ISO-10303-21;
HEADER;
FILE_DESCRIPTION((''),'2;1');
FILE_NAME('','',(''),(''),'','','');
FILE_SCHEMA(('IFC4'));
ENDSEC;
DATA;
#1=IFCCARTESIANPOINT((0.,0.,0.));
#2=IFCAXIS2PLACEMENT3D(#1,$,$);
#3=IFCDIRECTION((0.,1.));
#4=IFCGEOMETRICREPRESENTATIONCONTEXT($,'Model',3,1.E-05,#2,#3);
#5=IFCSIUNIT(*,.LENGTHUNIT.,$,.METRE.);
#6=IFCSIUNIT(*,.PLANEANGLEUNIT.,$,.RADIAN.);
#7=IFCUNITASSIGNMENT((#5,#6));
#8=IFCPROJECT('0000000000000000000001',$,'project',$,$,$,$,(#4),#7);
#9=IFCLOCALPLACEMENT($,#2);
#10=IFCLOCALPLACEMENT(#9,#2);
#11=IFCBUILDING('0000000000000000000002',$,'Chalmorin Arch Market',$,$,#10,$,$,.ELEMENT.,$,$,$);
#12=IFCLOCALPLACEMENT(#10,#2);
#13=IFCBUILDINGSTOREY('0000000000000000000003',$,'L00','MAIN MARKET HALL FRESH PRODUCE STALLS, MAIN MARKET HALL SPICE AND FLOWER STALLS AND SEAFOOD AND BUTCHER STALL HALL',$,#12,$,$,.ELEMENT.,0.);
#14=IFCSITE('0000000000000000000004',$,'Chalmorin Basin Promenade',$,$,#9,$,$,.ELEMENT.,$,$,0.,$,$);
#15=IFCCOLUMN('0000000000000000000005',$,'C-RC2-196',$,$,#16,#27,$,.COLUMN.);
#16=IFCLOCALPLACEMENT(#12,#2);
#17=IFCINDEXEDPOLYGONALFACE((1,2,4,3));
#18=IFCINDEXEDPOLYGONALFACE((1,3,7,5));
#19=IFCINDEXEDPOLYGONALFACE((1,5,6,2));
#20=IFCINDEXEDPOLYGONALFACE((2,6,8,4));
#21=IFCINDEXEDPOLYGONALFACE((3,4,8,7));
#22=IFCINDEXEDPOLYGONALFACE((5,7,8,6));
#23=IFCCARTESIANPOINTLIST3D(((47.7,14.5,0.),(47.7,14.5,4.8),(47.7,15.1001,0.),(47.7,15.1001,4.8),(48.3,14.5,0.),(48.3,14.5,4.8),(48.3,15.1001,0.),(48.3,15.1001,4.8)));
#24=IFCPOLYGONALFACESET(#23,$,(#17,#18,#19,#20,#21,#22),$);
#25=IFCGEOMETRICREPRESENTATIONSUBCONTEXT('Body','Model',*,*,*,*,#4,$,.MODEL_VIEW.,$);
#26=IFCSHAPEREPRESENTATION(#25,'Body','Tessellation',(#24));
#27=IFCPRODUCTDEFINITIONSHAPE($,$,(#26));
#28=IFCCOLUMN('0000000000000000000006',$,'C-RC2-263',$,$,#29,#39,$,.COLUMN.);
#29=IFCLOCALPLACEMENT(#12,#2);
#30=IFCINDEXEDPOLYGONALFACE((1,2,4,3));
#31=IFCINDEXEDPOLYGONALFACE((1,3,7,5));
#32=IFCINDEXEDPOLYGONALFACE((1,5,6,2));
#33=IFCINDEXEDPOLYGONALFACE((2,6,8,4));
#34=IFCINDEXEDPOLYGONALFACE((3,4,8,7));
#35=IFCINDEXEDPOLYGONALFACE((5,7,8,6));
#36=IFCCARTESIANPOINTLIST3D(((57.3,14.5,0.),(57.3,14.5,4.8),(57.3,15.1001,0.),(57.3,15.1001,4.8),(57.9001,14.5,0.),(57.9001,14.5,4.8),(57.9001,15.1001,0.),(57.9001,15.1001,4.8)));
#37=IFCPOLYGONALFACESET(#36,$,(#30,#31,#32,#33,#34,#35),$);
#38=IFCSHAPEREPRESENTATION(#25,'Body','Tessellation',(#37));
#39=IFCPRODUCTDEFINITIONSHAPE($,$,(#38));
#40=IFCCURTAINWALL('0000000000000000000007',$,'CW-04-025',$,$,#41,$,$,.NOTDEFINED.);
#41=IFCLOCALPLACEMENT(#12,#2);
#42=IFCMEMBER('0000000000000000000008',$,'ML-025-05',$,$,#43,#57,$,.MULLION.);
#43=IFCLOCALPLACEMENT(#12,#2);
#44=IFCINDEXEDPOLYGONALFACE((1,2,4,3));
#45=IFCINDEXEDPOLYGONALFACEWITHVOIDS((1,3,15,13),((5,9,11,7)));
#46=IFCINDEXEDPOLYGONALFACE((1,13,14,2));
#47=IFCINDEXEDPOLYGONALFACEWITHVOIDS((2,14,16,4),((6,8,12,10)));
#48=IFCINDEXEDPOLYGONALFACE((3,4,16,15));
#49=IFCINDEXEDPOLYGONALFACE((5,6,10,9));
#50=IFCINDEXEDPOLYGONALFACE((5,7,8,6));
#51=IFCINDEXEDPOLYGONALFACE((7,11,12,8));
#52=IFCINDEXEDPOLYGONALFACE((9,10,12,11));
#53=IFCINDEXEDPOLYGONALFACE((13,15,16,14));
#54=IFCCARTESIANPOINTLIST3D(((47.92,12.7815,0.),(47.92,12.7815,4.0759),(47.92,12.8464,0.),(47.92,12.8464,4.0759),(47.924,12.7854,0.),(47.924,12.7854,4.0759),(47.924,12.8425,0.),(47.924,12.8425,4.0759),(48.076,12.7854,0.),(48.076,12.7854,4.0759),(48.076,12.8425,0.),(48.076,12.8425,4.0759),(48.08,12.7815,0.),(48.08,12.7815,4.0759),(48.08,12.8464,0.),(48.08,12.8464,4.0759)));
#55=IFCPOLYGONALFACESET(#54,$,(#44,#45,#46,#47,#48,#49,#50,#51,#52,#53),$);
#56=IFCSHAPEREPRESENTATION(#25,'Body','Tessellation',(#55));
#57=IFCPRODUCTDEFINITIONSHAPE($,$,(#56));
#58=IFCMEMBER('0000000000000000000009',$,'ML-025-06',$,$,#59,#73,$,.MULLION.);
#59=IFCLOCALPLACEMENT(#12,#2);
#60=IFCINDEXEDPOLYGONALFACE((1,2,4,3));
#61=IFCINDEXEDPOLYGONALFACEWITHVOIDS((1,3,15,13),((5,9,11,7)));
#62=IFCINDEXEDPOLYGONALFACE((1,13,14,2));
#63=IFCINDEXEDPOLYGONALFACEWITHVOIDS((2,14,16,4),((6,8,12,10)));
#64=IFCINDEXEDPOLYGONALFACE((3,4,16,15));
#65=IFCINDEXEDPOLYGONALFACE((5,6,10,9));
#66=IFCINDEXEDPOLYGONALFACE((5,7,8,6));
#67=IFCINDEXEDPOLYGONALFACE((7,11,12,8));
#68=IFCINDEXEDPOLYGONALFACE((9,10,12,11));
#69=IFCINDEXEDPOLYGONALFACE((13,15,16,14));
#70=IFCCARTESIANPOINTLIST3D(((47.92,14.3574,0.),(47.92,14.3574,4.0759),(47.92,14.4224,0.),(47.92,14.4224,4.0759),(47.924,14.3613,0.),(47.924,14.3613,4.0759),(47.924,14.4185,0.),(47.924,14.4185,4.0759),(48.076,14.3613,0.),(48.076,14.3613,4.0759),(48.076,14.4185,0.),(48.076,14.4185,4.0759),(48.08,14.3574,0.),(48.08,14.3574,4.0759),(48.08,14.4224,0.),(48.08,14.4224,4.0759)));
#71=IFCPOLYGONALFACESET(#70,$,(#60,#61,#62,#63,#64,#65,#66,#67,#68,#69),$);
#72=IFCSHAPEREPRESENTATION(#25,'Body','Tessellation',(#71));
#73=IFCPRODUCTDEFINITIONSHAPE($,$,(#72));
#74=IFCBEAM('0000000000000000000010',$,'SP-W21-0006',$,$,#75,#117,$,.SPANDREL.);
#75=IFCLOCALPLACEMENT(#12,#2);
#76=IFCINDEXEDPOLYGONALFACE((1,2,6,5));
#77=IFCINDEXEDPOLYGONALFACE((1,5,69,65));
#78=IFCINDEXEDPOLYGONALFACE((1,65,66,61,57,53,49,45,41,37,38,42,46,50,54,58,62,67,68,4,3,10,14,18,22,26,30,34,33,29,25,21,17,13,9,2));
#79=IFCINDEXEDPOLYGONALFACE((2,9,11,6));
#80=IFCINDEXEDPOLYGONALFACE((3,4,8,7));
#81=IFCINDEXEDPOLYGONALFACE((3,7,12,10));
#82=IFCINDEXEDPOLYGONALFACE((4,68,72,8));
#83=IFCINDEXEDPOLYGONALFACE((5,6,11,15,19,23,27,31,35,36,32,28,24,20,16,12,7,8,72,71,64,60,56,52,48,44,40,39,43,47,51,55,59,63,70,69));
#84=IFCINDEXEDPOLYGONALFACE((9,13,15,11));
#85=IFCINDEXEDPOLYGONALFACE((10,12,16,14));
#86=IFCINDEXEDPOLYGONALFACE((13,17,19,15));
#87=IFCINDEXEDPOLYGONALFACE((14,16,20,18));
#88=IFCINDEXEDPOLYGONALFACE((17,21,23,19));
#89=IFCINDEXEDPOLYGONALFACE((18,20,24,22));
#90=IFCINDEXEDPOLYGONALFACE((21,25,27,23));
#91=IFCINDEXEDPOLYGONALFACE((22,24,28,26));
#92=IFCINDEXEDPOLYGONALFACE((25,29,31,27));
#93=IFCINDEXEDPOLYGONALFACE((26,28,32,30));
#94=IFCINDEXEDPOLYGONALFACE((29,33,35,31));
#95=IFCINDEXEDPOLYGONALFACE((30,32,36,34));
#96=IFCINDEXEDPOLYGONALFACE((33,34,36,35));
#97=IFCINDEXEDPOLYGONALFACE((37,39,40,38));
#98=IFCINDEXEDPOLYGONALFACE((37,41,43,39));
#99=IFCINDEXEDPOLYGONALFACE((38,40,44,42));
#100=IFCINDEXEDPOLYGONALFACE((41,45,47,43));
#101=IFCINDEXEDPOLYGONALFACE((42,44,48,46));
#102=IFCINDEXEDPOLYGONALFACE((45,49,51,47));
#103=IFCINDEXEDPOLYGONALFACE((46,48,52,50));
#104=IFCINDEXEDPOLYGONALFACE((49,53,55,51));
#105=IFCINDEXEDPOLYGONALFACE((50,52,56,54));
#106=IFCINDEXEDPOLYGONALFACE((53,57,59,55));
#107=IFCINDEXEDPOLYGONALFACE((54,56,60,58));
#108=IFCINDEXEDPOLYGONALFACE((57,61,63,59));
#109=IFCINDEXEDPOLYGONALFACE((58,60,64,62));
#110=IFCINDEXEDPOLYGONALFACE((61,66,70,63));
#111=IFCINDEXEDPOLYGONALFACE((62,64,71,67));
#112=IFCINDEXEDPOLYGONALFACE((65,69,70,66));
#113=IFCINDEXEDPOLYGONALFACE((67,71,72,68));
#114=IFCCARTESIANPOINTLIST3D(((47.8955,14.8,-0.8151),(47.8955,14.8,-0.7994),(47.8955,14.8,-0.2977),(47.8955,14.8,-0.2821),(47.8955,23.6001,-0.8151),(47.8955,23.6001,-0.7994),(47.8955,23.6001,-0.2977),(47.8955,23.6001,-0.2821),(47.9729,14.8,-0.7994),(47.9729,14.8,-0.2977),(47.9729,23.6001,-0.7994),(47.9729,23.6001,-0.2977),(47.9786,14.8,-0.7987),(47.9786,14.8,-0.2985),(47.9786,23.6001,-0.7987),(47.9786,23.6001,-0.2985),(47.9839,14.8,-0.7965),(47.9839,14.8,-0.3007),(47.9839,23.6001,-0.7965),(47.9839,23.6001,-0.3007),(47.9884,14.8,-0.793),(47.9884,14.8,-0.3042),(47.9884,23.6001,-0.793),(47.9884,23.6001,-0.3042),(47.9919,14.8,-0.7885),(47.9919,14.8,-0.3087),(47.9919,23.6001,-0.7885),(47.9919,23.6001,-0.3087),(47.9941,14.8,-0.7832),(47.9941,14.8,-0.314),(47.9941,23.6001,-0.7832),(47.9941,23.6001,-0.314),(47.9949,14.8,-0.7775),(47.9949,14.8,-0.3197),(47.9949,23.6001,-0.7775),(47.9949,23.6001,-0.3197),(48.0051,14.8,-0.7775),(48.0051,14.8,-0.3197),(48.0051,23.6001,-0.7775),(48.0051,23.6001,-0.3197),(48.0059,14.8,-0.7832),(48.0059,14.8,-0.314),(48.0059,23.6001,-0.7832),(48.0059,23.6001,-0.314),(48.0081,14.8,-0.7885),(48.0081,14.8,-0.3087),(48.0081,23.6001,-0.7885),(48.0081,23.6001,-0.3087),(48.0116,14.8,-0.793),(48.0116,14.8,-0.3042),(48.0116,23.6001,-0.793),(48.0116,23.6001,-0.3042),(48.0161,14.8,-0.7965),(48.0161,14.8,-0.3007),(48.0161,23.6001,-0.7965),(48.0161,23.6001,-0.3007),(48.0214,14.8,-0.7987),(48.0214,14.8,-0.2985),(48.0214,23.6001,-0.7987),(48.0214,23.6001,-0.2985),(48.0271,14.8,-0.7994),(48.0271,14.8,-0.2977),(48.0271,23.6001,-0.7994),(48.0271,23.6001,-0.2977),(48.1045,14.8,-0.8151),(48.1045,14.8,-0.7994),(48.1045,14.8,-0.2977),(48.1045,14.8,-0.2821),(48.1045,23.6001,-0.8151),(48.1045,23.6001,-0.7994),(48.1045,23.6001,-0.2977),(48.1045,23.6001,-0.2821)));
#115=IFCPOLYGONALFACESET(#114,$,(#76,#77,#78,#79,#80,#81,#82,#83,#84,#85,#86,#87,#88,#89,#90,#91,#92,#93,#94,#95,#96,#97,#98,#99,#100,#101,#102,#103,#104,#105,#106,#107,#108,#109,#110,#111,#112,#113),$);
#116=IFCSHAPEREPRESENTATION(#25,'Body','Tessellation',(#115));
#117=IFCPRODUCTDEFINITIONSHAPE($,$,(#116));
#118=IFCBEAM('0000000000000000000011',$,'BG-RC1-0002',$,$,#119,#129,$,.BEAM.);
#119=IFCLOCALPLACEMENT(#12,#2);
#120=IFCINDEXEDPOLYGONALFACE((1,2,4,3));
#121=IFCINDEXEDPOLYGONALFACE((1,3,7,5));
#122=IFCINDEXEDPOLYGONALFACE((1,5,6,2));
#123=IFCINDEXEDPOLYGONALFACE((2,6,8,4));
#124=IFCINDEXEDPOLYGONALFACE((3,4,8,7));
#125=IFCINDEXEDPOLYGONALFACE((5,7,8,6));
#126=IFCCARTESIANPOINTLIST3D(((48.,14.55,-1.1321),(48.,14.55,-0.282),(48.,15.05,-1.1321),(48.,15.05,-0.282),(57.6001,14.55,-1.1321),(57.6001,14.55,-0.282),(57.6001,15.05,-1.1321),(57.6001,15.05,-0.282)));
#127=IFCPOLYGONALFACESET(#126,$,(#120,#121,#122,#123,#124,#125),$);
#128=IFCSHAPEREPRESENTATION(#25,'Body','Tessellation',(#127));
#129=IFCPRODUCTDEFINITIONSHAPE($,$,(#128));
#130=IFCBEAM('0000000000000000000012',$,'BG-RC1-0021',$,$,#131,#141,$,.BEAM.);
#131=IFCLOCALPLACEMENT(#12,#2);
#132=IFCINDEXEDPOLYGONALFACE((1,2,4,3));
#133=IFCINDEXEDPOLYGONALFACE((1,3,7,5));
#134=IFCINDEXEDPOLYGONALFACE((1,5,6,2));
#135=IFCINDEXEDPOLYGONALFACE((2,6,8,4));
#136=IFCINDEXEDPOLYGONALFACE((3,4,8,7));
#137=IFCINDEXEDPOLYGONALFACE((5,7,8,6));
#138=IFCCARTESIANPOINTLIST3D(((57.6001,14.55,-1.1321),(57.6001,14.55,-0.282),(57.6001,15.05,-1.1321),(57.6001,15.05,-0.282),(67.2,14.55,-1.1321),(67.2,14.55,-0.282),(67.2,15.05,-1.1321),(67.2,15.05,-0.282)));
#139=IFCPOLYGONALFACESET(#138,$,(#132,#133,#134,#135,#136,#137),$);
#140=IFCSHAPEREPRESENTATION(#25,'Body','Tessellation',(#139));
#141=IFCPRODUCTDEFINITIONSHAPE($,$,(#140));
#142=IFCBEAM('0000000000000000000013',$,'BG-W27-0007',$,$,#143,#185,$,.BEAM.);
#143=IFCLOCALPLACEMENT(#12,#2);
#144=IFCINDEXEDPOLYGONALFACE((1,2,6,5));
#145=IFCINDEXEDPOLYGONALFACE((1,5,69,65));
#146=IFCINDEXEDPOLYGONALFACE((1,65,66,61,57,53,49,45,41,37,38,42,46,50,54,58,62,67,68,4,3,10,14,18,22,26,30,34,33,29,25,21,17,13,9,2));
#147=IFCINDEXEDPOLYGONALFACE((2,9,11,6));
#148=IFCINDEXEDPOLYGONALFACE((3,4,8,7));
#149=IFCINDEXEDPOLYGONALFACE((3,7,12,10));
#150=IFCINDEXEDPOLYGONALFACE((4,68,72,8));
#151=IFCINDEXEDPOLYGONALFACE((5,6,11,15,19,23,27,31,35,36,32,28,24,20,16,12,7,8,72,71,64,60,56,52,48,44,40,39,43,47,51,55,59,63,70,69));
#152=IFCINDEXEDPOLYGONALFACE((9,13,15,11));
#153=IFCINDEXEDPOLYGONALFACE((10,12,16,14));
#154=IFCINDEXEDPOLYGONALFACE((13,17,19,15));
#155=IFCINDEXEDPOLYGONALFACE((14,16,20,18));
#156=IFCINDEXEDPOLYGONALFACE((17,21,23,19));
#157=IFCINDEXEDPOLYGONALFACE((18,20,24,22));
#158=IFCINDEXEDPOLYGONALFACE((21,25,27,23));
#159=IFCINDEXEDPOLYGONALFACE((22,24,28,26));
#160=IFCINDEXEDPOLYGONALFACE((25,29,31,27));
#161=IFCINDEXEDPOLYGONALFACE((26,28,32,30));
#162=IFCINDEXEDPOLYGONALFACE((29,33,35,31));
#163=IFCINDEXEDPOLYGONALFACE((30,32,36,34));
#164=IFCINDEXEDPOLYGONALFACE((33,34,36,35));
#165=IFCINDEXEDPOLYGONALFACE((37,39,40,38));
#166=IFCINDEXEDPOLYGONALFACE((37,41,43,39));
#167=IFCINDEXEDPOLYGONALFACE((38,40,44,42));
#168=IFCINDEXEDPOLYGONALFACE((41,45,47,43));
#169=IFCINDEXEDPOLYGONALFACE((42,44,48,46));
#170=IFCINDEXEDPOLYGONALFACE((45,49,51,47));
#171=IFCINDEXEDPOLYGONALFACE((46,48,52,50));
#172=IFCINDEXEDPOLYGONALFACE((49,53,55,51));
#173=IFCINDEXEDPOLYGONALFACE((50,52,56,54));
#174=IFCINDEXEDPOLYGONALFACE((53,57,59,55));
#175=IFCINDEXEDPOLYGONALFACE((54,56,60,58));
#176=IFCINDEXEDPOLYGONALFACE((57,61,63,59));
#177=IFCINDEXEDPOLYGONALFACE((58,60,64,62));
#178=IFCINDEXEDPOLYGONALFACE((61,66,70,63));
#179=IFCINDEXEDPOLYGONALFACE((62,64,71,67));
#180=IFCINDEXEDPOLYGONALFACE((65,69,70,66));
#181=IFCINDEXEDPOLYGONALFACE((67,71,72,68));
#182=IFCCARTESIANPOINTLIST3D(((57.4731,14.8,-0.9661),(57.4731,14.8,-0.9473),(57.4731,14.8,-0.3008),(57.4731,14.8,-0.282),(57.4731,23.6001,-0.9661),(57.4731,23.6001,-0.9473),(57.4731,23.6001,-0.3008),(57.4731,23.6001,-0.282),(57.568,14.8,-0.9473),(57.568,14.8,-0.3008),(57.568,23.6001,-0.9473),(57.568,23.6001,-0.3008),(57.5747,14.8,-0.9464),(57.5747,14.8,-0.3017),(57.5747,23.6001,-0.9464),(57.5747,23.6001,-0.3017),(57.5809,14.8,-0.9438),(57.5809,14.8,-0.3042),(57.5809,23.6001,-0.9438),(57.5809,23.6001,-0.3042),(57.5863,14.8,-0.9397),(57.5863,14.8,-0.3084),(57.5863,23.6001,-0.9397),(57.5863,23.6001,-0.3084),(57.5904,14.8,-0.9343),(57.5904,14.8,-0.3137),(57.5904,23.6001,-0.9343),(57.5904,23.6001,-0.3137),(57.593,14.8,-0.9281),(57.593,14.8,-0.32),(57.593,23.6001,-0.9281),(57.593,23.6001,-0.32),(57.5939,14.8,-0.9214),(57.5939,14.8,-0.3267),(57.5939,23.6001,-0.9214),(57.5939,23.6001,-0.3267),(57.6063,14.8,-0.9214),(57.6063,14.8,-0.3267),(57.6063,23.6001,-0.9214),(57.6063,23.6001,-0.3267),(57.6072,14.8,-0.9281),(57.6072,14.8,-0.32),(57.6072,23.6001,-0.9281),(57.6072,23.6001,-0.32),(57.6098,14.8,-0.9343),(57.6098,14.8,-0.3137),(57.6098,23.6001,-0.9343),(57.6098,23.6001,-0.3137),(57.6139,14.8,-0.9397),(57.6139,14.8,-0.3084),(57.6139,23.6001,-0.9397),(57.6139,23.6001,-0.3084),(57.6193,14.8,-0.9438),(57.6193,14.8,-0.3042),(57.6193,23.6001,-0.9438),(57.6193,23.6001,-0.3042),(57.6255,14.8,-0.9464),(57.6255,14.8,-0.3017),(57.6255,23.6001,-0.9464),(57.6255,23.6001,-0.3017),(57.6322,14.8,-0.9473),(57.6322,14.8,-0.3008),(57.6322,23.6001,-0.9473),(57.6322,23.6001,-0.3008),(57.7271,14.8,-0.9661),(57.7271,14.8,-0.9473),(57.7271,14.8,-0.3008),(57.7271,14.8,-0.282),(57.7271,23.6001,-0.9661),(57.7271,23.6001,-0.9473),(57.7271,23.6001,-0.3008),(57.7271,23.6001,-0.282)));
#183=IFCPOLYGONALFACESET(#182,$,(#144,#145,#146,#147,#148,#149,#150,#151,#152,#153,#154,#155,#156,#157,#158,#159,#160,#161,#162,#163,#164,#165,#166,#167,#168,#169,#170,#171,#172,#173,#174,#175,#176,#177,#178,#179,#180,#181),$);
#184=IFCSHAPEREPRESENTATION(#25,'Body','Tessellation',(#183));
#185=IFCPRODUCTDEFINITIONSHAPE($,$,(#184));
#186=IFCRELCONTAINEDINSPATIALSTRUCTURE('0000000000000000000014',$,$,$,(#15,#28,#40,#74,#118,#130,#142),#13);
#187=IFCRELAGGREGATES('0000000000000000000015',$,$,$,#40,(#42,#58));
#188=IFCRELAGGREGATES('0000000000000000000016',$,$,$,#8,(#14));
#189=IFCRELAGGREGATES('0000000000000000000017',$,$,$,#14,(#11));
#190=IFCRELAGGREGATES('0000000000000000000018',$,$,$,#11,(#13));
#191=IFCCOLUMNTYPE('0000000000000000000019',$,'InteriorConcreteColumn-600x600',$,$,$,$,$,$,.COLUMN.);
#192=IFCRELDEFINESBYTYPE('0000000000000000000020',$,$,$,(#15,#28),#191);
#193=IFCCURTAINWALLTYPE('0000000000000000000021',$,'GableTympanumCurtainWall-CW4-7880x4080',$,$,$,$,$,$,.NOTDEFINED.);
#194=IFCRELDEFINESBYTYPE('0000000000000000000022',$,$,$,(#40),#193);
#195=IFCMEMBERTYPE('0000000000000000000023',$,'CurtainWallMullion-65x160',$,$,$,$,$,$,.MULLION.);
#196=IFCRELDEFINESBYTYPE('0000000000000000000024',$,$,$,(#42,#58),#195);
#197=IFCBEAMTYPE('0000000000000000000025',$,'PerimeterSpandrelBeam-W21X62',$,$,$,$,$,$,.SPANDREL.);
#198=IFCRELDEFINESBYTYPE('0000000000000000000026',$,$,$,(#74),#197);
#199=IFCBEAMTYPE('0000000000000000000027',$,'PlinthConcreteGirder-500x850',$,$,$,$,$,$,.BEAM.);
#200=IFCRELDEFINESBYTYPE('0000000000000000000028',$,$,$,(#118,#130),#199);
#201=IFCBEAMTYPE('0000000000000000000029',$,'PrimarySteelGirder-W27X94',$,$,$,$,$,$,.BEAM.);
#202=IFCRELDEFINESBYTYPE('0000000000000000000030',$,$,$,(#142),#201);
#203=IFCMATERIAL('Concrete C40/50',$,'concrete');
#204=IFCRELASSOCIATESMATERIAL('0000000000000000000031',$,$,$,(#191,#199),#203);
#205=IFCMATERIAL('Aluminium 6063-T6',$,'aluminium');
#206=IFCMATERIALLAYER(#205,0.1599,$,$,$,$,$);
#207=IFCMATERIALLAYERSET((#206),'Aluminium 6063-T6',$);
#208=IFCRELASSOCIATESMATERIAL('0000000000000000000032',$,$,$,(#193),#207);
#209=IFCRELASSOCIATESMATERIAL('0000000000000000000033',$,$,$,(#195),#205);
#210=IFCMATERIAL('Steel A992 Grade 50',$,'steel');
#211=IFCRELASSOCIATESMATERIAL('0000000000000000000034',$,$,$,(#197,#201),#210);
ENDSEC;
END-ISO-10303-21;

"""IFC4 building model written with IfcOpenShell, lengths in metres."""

from ifc_helpers import new_model, si_unit, direction, frame, origin, origin_2d, place, context, subcontext, project, spatial, rectangle, hollow_rectangle, i_section, extrude, material, layer, layer_set, material_profile, profile_set, type_object, element, aggregate, save


model = new_model("IFC4")

# Units and contexts
model_context = context("Model", 3, precision=1e-05, world=origin(), true_north=direction((0.0, 1.0)))
body_context = subcontext(model_context, "Body", "Model", "MODEL_VIEW")
ifc_project = project(units=[si_unit("LENGTHUNIT", "METRE"), si_unit("PLANEANGLEUNIT", "RADIAN")], contexts=[model_context])

# Site, building, storey
site_placement = place(None, origin())
site = spatial("IfcSite", under=ifc_project, at=site_placement, Name="Chalmorin Basin Promenade", CompositionType="ELEMENT", RefElevation=0.0)
building_placement = place(site_placement, origin())
building = spatial("IfcBuilding", under=site, at=building_placement, Name="Chalmorin Arch Market", CompositionType="ELEMENT")
storey_placement = place(building_placement, origin())
storey = spatial("IfcBuildingStorey", under=building, at=storey_placement, Name="L00", Description="MAIN MARKET HALL FRESH PRODUCE STALLS, MAIN MARKET HALL SPICE AND FLOWER STALLS AND SEAFOOD AND BUTCHER STALL HALL", CompositionType="ELEMENT", Elevation=0.0)

# Columns
ifc_material_1 = material(Name="Concrete C40/50", Category="concrete")
ifc_material_profile_1 = material_profile(ifc_material_1, rectangle(XDim=0.6001, YDim=0.6001, at=origin_2d()), Name="RC600X600")
ifc_profile_set_1 = profile_set([ifc_material_profile_1], Name="Concrete C40/50")
column_type = type_object("IfcColumnType", Name="InteriorConcreteColumn-600x600", PredefinedType="COLUMN", material=ifc_profile_set_1)
for number, where, z_axis, x_axis, name in (
    (1, (48.0, 14.8, 0.0), (0.0, 0.0, 1.0), (1.0, 0.0, 0.0), "C-RC2-196"),
    (2, (57.6001, 14.8, 0.0), (0.0, 0.0, 1.0), (1.0, 0.0, 0.0), "C-RC2-263"),
):
    element("IfcColumn", number, at=place(storey_placement, frame(where, z_axis=z_axis, x_axis=x_axis)), inside=storey, type_object=column_type, Name=name, PredefinedType="COLUMN", context=body_context, shape_type="SweptSolid", body=[
        extrude(rectangle(XDim=0.6001, YDim=0.6001, at=origin_2d()), origin(), (0.0, 0.0, 1.0), 4.8),
    ])

# Curtain wall, members
ifc_material_2 = material(Name="Aluminium 6063-T6", Category="aluminium")
ifc_layer_1 = layer(ifc_material_2, 0.1599)
ifc_layer_set_1 = layer_set([ifc_layer_1], Name="Aluminium 6063-T6")
curtain_wall_type = type_object("IfcCurtainWallType", Name="GableTympanumCurtainWall-CW4-7880x4080", PredefinedType="NOTDEFINED", material=ifc_layer_set_1)
curtain_wall_placement = place(storey_placement, origin())
curtain_wall = element("IfcCurtainWall", 3, at=curtain_wall_placement, inside=storey, type_object=curtain_wall_type, Name="CW-04-025", PredefinedType="NOTDEFINED")
ifc_material_profile_2 = material_profile(ifc_material_2, hollow_rectangle(XDim=0.0649, YDim=0.1599, WallThickness=0.0039, at=origin_2d()), Name="ALU65X160X4")
ifc_profile_set_2 = profile_set([ifc_material_profile_2], Name="Aluminium 6063-T6")
member_type = type_object("IfcMemberType", Name="CurtainWallMullion-65x160", PredefinedType="MULLION", material=ifc_profile_set_2)
member_1_placement = place(storey_placement, frame((48.0, 12.814, 0.0), z_axis=(0.0, 0.0, 1.0), x_axis=(0.0, 1.0, 0.0)))
member_1 = element("IfcMember", 4, at=member_1_placement, type_object=member_type, Name="ML-025-05", PredefinedType="MULLION", context=body_context, shape_type="SweptSolid", body=[
    extrude(hollow_rectangle(XDim=0.0649, YDim=0.1599, WallThickness=0.0039, at=origin_2d()), origin(), (0.0, 0.0, 1.0), 4.0759),
])
member_2_placement = place(storey_placement, frame((48.0, 14.3899, 0.0), z_axis=(0.0, 0.0, 1.0), x_axis=(0.0, 1.0, 0.0)))
member_2 = element("IfcMember", 5, at=member_2_placement, type_object=member_type, Name="ML-025-06", PredefinedType="MULLION", context=body_context, shape_type="SweptSolid", body=[
    extrude(hollow_rectangle(XDim=0.0649, YDim=0.1599, WallThickness=0.0039, at=origin_2d()), origin(), (0.0, 0.0, 1.0), 4.0759),
])

# Beams
ifc_material_3 = material(Name="Steel A992 Grade 50", Category="steel")
ifc_material_profile_3 = material_profile(ifc_material_3, i_section(OverallWidth=0.209, OverallDepth=0.533, WebThickness=0.0103, FlangeThickness=0.0156, FilletRadius=0.022, at=origin_2d()), Name="W21X62")
ifc_profile_set_3 = profile_set([ifc_material_profile_3], Name="Steel A992 Grade 50")
beam_type_1 = type_object("IfcBeamType", Name="PerimeterSpandrelBeam-W21X62", PredefinedType="SPANDREL", material=ifc_profile_set_3)
beam_1_placement = place(storey_placement, frame((48.0, 14.8, -0.5486), z_axis=(0.0, 1.0, 0.0), x_axis=(-1.0, 0.0, 0.0)))
element("IfcBeam", 6, at=beam_1_placement, inside=storey, type_object=beam_type_1, Name="SP-W21-0006", PredefinedType="SPANDREL", context=body_context, shape_type="SweptSolid", body=[
    extrude(i_section(OverallWidth=0.209, OverallDepth=0.533, WebThickness=0.0103, FlangeThickness=0.0156, FilletRadius=0.022, at=origin_2d()), origin(), (0.0, 0.0, 1.0), 8.8),
])
ifc_material_profile_4 = material_profile(ifc_material_1, rectangle(XDim=0.5, YDim=0.8501, at=origin_2d()), Name="RC500X850")
ifc_profile_set_4 = profile_set([ifc_material_profile_4], Name="Concrete C40/50")
beam_type_2 = type_object("IfcBeamType", Name="PlinthConcreteGirder-500x850", PredefinedType="BEAM", material=ifc_profile_set_4)
beam_2_placement = place(storey_placement, frame((48.0, 14.8, -0.707), z_axis=(1.0, 0.0, 0.0), x_axis=(0.0, 1.0, 0.0)))
element("IfcBeam", 7, at=beam_2_placement, inside=storey, type_object=beam_type_2, Name="BG-RC1-0002", PredefinedType="BEAM", context=body_context, shape_type="SweptSolid", body=[
    extrude(rectangle(XDim=0.5, YDim=0.8501, at=origin_2d()), origin(), (0.0, 0.0, 1.0), 9.6001),
])
beam_3_placement = place(storey_placement, frame((57.6001, 14.8, -0.707), z_axis=(1.0, 0.0, 0.0), x_axis=(0.0, 1.0, 0.0)))
element("IfcBeam", 8, at=beam_3_placement, inside=storey, type_object=beam_type_2, Name="BG-RC1-0021", PredefinedType="BEAM", context=body_context, shape_type="SweptSolid", body=[
    extrude(rectangle(XDim=0.5, YDim=0.8501, at=origin_2d()), origin(), (0.0, 0.0, 1.0), 9.5999),
])
ifc_material_profile_5 = material_profile(ifc_material_3, i_section(OverallWidth=0.2539, OverallDepth=0.6841, WebThickness=0.0125, FlangeThickness=0.0188, FilletRadius=0.0259, at=origin_2d()), Name="W27X94")
ifc_profile_set_5 = profile_set([ifc_material_profile_5], Name="Steel A992 Grade 50")
beam_type_3 = type_object("IfcBeamType", Name="PrimarySteelGirder-W27X94", PredefinedType="BEAM", material=ifc_profile_set_5)
beam_4_placement = place(storey_placement, frame((57.6001, 14.8, -0.624), z_axis=(0.0, 1.0, 0.0), x_axis=(-1.0, 0.0, 0.0)))
element("IfcBeam", 9, at=beam_4_placement, inside=storey, type_object=beam_type_3, Name="BG-W27-0007", PredefinedType="BEAM", context=body_context, shape_type="SweptSolid", body=[
    extrude(i_section(OverallWidth=0.2539, OverallDepth=0.6841, WebThickness=0.0125, FlangeThickness=0.0188, FilletRadius=0.0259, at=origin_2d()), origin(), (0.0, 0.0, 1.0), 8.8),
])

aggregate(curtain_wall, [member_1, member_2])

save(model, "model.ifc")
